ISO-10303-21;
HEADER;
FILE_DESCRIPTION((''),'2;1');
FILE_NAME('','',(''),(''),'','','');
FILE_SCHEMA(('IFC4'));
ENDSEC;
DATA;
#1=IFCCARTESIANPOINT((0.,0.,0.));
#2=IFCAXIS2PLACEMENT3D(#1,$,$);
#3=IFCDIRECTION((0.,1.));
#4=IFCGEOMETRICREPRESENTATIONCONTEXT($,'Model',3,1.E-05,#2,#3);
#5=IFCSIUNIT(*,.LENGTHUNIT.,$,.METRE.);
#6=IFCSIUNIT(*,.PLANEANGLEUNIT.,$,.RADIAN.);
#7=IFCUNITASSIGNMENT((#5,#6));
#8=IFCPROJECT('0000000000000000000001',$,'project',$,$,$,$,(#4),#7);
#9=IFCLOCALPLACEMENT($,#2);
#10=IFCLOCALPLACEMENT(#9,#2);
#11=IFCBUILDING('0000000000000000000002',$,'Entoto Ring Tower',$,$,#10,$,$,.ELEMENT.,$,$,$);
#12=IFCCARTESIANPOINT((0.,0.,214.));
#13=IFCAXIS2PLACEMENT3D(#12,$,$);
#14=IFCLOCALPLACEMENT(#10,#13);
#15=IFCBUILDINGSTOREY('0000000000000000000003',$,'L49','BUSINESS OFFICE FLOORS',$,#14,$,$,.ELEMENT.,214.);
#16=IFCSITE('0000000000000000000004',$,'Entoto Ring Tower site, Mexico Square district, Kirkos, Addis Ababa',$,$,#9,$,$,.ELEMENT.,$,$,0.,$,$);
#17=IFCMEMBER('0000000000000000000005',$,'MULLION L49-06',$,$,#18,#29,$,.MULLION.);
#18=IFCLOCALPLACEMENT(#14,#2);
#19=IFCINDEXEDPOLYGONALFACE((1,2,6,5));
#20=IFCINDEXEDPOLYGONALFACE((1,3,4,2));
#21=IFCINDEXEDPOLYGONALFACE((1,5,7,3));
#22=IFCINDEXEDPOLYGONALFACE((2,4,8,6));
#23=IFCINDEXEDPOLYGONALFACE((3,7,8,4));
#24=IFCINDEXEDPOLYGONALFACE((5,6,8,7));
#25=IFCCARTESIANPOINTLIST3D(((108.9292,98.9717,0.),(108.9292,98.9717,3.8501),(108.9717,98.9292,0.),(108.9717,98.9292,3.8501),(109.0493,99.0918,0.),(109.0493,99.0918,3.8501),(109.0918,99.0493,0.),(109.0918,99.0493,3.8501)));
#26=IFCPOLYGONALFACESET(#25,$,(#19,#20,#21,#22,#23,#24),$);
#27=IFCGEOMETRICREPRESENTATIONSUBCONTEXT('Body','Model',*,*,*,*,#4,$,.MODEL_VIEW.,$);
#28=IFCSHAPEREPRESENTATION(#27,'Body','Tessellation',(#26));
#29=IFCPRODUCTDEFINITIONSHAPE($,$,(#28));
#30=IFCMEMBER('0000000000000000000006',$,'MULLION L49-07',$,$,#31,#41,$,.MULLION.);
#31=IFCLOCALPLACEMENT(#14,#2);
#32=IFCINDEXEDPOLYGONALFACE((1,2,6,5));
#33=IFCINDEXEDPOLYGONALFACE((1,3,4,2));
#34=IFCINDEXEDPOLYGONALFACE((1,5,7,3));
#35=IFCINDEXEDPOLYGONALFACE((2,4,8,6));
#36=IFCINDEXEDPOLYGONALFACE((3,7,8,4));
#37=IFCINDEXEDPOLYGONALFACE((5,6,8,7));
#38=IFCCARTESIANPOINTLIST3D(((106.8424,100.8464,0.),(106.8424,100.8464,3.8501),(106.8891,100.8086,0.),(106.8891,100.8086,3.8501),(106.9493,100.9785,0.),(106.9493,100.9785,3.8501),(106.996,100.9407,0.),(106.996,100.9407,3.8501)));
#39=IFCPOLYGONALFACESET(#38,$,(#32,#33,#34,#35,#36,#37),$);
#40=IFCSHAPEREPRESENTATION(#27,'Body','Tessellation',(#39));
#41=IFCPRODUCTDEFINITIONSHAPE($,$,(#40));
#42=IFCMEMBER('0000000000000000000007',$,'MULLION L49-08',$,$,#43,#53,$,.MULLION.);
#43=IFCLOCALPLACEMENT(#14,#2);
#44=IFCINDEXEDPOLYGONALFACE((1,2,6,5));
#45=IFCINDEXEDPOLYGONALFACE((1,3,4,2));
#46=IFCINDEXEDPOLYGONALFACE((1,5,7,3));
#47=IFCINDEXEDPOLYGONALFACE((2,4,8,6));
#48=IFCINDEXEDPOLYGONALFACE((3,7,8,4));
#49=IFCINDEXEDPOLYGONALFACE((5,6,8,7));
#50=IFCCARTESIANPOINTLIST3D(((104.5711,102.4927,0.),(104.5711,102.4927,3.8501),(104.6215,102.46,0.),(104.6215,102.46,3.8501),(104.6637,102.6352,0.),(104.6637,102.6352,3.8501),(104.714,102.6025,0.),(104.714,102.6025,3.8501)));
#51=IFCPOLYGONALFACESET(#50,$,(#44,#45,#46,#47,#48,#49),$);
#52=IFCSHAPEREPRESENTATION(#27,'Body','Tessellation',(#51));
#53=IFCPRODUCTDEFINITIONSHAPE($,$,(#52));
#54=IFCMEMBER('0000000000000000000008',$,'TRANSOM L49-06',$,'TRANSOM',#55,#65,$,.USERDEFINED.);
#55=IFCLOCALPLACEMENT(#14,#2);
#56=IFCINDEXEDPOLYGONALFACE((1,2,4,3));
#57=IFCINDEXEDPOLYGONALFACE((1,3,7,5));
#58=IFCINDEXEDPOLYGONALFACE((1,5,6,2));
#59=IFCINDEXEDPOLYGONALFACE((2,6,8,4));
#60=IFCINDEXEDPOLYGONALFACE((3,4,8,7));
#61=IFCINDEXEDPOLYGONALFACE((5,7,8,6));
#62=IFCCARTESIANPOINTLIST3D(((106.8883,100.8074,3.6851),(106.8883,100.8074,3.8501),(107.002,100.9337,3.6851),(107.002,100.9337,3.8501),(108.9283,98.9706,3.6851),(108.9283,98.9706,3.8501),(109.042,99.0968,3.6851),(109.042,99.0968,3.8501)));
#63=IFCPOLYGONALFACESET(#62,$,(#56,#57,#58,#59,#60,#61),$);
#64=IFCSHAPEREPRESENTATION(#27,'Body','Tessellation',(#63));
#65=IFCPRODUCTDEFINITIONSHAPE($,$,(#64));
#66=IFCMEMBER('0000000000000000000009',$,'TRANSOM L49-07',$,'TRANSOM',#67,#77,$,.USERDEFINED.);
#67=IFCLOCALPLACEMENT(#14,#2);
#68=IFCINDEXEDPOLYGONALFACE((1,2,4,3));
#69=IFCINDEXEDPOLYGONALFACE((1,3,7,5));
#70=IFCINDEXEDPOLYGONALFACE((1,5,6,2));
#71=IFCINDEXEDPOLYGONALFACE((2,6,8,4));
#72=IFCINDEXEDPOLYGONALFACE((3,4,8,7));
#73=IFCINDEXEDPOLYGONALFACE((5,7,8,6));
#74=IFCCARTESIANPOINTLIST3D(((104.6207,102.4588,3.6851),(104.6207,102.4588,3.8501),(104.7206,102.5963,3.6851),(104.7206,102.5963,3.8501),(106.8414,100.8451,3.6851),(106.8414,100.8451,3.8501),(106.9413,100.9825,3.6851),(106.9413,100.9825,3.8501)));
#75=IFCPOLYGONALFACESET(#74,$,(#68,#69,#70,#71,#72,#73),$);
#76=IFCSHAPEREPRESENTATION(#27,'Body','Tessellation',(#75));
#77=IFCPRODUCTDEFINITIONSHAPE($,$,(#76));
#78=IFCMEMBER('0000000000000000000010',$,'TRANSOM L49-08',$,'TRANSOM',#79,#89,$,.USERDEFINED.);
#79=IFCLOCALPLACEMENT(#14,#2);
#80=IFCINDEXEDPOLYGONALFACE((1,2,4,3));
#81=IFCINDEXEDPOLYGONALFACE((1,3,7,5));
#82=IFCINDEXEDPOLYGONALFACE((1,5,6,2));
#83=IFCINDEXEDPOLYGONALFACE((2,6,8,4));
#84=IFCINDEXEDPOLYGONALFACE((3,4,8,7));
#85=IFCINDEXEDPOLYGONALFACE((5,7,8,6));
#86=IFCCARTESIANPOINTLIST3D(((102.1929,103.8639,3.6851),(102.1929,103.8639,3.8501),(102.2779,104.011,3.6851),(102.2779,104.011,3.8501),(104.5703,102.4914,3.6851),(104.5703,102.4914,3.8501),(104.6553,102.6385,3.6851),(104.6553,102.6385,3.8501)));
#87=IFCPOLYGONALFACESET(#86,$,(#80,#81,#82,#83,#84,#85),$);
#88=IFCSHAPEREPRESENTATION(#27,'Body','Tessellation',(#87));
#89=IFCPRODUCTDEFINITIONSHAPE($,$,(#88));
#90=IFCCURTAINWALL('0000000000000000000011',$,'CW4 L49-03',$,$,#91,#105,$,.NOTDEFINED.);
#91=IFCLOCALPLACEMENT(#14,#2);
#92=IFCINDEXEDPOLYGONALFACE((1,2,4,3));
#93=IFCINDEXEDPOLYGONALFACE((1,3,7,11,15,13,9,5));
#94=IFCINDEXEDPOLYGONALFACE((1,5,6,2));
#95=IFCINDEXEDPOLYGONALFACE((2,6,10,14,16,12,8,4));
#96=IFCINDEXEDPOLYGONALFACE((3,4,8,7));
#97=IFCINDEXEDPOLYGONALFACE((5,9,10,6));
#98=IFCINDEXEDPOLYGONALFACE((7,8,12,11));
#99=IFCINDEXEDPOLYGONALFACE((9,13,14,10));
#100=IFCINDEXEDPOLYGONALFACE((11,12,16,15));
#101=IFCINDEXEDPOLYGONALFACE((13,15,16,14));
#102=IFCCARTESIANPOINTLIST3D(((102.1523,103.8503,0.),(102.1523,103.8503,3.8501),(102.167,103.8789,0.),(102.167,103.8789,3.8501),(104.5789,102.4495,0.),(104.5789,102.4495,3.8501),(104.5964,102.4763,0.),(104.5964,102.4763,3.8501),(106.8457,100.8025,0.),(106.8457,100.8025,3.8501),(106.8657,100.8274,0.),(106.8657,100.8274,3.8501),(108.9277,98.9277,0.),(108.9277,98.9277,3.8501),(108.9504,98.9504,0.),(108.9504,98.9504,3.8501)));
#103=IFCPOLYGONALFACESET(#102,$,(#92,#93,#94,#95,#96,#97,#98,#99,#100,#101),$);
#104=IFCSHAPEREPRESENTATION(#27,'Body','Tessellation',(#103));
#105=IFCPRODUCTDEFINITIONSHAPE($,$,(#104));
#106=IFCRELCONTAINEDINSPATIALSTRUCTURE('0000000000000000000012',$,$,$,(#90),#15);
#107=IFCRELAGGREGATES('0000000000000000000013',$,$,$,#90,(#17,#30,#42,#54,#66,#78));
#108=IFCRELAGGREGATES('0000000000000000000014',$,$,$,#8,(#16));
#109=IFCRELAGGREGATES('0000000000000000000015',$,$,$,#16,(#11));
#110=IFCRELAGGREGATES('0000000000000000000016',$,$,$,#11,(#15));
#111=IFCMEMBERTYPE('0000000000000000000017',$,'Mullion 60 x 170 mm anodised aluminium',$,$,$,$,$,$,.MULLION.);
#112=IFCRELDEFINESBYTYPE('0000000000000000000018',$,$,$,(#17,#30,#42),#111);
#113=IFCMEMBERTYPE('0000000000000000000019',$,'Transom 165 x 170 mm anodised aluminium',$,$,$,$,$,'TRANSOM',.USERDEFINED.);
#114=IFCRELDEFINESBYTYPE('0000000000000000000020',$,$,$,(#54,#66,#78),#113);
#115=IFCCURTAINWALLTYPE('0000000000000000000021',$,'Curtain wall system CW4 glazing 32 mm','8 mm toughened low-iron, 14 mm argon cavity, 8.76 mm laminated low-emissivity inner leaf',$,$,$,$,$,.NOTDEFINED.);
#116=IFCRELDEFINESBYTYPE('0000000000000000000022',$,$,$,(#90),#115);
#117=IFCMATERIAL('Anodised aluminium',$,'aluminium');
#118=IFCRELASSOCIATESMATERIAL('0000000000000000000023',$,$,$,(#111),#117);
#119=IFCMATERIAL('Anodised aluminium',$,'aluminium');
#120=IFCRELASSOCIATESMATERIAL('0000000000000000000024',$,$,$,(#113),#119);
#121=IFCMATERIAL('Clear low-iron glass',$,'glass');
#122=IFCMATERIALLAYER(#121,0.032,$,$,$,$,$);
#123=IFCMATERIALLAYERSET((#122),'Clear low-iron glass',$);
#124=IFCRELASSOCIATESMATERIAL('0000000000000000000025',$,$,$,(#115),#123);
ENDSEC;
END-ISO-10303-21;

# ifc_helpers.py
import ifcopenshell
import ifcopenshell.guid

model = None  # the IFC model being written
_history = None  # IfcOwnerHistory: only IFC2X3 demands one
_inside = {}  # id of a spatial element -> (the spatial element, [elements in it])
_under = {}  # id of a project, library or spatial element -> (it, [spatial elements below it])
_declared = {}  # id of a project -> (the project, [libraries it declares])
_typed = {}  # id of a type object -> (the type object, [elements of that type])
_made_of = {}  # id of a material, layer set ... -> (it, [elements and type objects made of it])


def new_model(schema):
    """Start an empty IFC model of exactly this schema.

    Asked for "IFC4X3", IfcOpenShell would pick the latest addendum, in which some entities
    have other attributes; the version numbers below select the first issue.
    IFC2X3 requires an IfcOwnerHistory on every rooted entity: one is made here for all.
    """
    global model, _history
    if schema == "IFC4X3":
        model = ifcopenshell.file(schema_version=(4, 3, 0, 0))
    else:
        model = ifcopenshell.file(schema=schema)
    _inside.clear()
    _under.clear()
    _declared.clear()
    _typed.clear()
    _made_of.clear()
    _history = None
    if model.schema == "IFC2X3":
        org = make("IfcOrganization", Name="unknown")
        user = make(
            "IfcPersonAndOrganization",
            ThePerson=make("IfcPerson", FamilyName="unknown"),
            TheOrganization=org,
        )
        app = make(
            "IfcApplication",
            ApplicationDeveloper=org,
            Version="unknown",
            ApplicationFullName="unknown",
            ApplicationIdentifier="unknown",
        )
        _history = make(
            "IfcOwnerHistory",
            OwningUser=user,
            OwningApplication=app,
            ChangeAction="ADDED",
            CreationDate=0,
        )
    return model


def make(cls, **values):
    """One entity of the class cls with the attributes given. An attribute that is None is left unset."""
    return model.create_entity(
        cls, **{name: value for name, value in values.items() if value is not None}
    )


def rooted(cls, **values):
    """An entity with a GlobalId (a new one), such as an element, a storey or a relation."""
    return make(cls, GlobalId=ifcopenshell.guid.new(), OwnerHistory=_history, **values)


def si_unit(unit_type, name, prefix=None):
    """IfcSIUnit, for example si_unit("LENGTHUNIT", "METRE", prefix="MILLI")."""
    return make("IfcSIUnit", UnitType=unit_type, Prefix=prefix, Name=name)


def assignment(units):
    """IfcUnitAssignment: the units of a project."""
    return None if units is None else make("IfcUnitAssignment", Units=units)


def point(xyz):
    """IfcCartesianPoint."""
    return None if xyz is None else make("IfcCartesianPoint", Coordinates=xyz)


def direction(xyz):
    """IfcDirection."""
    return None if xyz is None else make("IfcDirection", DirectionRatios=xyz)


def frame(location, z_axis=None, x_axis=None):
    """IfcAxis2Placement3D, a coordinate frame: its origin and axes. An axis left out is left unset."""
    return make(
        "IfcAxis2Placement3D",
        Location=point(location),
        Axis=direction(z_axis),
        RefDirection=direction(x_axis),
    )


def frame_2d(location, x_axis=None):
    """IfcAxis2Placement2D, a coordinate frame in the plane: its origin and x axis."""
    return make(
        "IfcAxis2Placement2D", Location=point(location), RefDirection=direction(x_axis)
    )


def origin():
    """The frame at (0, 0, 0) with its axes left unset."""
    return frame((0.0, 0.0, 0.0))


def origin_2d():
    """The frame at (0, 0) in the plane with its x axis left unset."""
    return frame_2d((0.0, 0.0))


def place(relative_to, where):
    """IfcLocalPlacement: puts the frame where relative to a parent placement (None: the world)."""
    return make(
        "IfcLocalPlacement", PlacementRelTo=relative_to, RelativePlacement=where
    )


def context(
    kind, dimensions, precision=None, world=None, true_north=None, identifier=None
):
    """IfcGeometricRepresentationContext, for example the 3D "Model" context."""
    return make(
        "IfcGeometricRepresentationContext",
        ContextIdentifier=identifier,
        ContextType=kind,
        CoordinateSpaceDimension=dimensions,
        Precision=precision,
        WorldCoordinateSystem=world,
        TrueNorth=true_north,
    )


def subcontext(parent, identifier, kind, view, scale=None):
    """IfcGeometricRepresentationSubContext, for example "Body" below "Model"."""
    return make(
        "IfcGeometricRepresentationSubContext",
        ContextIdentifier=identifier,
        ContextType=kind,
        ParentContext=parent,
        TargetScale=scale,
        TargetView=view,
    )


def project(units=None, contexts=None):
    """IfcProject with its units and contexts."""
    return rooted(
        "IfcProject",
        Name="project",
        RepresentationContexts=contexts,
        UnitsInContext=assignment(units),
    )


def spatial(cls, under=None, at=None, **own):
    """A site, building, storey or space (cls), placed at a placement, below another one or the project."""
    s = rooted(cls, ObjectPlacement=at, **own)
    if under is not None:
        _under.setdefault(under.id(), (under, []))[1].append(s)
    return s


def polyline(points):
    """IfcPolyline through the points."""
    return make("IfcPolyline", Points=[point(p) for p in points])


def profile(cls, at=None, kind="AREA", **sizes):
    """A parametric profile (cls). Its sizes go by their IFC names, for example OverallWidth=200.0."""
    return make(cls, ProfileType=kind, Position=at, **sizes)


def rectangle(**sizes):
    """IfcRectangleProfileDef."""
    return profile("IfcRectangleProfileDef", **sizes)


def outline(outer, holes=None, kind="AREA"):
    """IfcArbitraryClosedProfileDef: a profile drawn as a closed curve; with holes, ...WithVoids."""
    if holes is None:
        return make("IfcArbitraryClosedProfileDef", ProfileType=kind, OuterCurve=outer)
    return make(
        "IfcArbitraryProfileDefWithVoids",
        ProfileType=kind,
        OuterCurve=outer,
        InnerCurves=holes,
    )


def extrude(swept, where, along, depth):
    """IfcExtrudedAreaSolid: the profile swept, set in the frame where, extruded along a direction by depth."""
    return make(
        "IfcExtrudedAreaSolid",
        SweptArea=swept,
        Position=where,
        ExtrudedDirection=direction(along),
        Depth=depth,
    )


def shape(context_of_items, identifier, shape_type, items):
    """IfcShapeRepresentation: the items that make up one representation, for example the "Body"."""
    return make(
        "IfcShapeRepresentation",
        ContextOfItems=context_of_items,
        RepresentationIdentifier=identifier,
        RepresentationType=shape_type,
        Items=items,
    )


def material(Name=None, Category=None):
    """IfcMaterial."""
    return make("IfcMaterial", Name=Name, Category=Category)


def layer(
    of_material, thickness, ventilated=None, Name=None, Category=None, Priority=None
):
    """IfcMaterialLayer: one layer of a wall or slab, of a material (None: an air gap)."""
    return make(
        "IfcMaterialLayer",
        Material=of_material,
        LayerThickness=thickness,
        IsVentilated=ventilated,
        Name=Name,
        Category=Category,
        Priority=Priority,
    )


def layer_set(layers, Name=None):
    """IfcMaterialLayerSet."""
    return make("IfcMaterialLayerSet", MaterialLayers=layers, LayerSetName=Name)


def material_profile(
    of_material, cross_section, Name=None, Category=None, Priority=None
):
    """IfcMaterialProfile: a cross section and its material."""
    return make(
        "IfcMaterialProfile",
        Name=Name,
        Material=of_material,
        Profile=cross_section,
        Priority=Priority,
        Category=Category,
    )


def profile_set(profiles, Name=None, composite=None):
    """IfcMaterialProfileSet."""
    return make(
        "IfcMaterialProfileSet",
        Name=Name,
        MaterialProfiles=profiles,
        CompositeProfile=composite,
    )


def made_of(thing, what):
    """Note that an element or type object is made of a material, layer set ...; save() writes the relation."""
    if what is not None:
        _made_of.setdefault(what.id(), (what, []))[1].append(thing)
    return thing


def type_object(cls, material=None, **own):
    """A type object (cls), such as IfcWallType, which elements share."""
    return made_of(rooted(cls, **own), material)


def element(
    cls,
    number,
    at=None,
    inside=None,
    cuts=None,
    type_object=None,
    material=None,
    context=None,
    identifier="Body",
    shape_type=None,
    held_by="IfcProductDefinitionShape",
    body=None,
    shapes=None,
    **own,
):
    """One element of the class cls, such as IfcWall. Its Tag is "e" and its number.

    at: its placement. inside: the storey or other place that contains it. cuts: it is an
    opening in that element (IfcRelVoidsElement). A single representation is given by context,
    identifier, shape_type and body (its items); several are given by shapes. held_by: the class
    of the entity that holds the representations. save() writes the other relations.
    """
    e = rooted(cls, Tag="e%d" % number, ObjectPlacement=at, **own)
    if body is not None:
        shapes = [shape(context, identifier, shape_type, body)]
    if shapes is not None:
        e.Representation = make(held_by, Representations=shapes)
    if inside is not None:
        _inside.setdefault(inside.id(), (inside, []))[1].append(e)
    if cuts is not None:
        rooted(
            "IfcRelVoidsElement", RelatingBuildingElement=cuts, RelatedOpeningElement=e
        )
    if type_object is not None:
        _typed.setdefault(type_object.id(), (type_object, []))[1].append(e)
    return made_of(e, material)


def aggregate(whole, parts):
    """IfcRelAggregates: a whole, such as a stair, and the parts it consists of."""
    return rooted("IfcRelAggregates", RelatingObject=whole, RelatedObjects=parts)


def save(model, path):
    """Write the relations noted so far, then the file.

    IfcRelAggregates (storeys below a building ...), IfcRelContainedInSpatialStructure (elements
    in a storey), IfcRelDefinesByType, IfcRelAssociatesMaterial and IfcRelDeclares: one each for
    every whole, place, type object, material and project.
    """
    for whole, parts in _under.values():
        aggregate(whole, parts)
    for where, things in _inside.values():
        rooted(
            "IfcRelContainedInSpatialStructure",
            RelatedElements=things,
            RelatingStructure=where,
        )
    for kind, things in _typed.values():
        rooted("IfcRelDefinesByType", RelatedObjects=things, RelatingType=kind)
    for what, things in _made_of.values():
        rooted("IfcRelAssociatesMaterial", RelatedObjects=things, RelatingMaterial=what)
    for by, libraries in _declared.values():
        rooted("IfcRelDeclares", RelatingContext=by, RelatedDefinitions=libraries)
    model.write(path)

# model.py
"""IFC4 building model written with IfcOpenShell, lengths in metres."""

from ifc_helpers import new_model, si_unit, direction, frame, origin, origin_2d, place, context, subcontext, project, spatial, polyline, rectangle, outline, extrude, material, layer, layer_set, material_profile, profile_set, type_object, element, aggregate, save


model = new_model("IFC4")

# Units and contexts
model_context = context("Model", 3, precision=1e-05, world=origin(), true_north=direction((0.0, 1.0)))
body_context = subcontext(model_context, "Body", "Model", "MODEL_VIEW")
ifc_project = project(units=[si_unit("LENGTHUNIT", "METRE"), si_unit("PLANEANGLEUNIT", "RADIAN")], contexts=[model_context])

# Members
ifc_material_1 = material(Name="Anodised aluminium", Category="aluminium")
ifc_material_profile_1 = material_profile(ifc_material_1, rectangle(XDim=0.0601, YDim=0.1699, at=origin_2d()), Name="Mullion 60 x 170 mm anodised aluminium")
ifc_profile_set_1 = profile_set([ifc_material_profile_1], Name="Anodised aluminium")
member_type_1 = type_object("IfcMemberType", Name="Mullion 60 x 170 mm anodised aluminium", PredefinedType="MULLION", material=ifc_profile_set_1)
site_placement = place(None, origin())
building_placement = place(site_placement, origin())
storey_placement = place(building_placement, frame((0.0, 0.0, 214.0)))
member_1_placement = place(storey_placement, frame((109.0105, 99.0105, 0.0), z_axis=(0.0, 0.0, 1.0), x_axis=(-0.707107, 0.707107, 0.0)))
member_1 = element("IfcMember", 1, at=member_1_placement, type_object=member_type_1, Name="MULLION L49-06", PredefinedType="MULLION", context=body_context, shape_type="SweptSolid", body=[
    extrude(rectangle(XDim=0.0601, YDim=0.1699, at=origin_2d()), origin(), (0.0, 0.0, 1.0), 3.8501),
])
member_2_placement = place(storey_placement, frame((106.9192, 100.8936, 0.0), z_axis=(0.0, 0.0, 1.0), x_axis=(-0.777146, 0.62932, 0.0)))
member_2 = element("IfcMember", 2, at=member_2_placement, type_object=member_type_1, Name="MULLION L49-07", PredefinedType="MULLION", context=body_context, shape_type="SweptSolid", body=[
    extrude(rectangle(XDim=0.0601, YDim=0.1699, at=origin_2d()), origin(), (0.0, 0.0, 1.0), 3.8501),
])
member_3_placement = place(storey_placement, frame((104.6426, 102.5476, 0.0), z_axis=(0.0, 0.0, 1.0), x_axis=(-0.838671, 0.544639, 0.0)))
member_3 = element("IfcMember", 3, at=member_3_placement, type_object=member_type_1, Name="MULLION L49-08", PredefinedType="MULLION", context=body_context, shape_type="SweptSolid", body=[
    extrude(rectangle(XDim=0.0601, YDim=0.1699, at=origin_2d()), origin(), (0.0, 0.0, 1.0), 3.8501),
])
ifc_material_2 = material(Name="Anodised aluminium", Category="aluminium")
ifc_material_profile_2 = material_profile(ifc_material_2, rectangle(XDim=0.1699, YDim=0.165, at=origin_2d()), Name="Transom 165 x 170 mm anodised aluminium")
ifc_profile_set_2 = profile_set([ifc_material_profile_2], Name="Anodised aluminium")
member_type_2 = type_object("IfcMemberType", Name="Transom 165 x 170 mm anodised aluminium", ElementType="TRANSOM", PredefinedType="USERDEFINED", material=ifc_profile_set_2)
member_4_placement = place(storey_placement, frame((108.9851, 99.0337, 3.7676), z_axis=(-0.743135, 0.669142, 0.0), x_axis=(-0.669142, -0.743135, 0.0)))
member_4 = element("IfcMember", 4, at=member_4_placement, type_object=member_type_2, Name="TRANSOM L49-06", ObjectType="TRANSOM", PredefinedType="USERDEFINED", context=body_context, shape_type="SweptSolid", body=[
    extrude(rectangle(XDim=0.1699, YDim=0.165, at=origin_2d()), origin(), (0.0, 0.0, 1.0), 2.7451),
])
member_5_placement = place(storey_placement, frame((106.8914, 100.9138, 3.7676), z_axis=(-0.808959, 0.587865, 0.0), x_axis=(-0.587865, -0.808959, 0.0)))
member_5 = element("IfcMember", 5, at=member_5_placement, type_object=member_type_2, Name="TRANSOM L49-07", ObjectType="TRANSOM", PredefinedType="USERDEFINED", context=body_context, shape_type="SweptSolid", body=[
    extrude(rectangle(XDim=0.1699, YDim=0.165, at=origin_2d()), origin(), (0.0, 0.0, 1.0), 2.7451),
])
member_6_placement = place(storey_placement, frame((104.6128, 102.5649, 3.7676), z_axis=(-0.866035, 0.499984, 0.0), x_axis=(-0.499984, -0.866035, 0.0)))
member_6 = element("IfcMember", 6, at=member_6_placement, type_object=member_type_2, Name="TRANSOM L49-08", ObjectType="TRANSOM", PredefinedType="USERDEFINED", context=body_context, shape_type="SweptSolid", body=[
    extrude(rectangle(XDim=0.1699, YDim=0.165, at=origin_2d()), origin(), (0.0, 0.0, 1.0), 2.7451),
])

# Site, building, storey
site = spatial("IfcSite", under=ifc_project, at=site_placement, Name="Entoto Ring Tower site, Mexico Square district, Kirkos, Addis Ababa", CompositionType="ELEMENT", RefElevation=0.0)
building = spatial("IfcBuilding", under=site, at=building_placement, Name="Entoto Ring Tower", CompositionType="ELEMENT")
storey = spatial("IfcBuildingStorey", under=building, at=storey_placement, Name="L49", Description="BUSINESS OFFICE FLOORS", CompositionType="ELEMENT", Elevation=214.0)

# Curtain wall
ifc_material_3 = material(Name="Clear low-iron glass", Category="glass")
ifc_layer = layer(ifc_material_3, 0.032)
ifc_layer_set = layer_set([ifc_layer], Name="Clear low-iron glass")
curtain_wall_type = type_object("IfcCurtainWallType", Name="Curtain wall system CW4 glazing 32 mm", Description="8 mm toughened low-iron, 14 mm argon cavity, 8.76 mm laminated low-emissivity inner leaf", PredefinedType="NOTDEFINED", material=ifc_layer_set)
curtain_wall_1_placement = place(storey_placement, origin())
curtain_wall_1 = element("IfcCurtainWall", 7, at=curtain_wall_1_placement, inside=storey, type_object=curtain_wall_type, Name="CW4 L49-03", PredefinedType="NOTDEFINED", context=body_context, shape_type="SweptSolid", body=[
    extrude(outline(polyline([(108.9504, 98.9504), (106.8657, 100.8274), (104.5964, 102.4763), (102.167, 103.8789), (102.1523, 103.8503), (104.5789, 102.4495), (106.8457, 100.8025), (108.9277, 98.9277), (108.9504, 98.9504)])), origin(), (0.0, 0.0, 1.0), 3.8501),
])
aggregate(curtain_wall_1, [member_1, member_2, member_3, member_4, member_5, member_6])

save(model, "model.ifc")
